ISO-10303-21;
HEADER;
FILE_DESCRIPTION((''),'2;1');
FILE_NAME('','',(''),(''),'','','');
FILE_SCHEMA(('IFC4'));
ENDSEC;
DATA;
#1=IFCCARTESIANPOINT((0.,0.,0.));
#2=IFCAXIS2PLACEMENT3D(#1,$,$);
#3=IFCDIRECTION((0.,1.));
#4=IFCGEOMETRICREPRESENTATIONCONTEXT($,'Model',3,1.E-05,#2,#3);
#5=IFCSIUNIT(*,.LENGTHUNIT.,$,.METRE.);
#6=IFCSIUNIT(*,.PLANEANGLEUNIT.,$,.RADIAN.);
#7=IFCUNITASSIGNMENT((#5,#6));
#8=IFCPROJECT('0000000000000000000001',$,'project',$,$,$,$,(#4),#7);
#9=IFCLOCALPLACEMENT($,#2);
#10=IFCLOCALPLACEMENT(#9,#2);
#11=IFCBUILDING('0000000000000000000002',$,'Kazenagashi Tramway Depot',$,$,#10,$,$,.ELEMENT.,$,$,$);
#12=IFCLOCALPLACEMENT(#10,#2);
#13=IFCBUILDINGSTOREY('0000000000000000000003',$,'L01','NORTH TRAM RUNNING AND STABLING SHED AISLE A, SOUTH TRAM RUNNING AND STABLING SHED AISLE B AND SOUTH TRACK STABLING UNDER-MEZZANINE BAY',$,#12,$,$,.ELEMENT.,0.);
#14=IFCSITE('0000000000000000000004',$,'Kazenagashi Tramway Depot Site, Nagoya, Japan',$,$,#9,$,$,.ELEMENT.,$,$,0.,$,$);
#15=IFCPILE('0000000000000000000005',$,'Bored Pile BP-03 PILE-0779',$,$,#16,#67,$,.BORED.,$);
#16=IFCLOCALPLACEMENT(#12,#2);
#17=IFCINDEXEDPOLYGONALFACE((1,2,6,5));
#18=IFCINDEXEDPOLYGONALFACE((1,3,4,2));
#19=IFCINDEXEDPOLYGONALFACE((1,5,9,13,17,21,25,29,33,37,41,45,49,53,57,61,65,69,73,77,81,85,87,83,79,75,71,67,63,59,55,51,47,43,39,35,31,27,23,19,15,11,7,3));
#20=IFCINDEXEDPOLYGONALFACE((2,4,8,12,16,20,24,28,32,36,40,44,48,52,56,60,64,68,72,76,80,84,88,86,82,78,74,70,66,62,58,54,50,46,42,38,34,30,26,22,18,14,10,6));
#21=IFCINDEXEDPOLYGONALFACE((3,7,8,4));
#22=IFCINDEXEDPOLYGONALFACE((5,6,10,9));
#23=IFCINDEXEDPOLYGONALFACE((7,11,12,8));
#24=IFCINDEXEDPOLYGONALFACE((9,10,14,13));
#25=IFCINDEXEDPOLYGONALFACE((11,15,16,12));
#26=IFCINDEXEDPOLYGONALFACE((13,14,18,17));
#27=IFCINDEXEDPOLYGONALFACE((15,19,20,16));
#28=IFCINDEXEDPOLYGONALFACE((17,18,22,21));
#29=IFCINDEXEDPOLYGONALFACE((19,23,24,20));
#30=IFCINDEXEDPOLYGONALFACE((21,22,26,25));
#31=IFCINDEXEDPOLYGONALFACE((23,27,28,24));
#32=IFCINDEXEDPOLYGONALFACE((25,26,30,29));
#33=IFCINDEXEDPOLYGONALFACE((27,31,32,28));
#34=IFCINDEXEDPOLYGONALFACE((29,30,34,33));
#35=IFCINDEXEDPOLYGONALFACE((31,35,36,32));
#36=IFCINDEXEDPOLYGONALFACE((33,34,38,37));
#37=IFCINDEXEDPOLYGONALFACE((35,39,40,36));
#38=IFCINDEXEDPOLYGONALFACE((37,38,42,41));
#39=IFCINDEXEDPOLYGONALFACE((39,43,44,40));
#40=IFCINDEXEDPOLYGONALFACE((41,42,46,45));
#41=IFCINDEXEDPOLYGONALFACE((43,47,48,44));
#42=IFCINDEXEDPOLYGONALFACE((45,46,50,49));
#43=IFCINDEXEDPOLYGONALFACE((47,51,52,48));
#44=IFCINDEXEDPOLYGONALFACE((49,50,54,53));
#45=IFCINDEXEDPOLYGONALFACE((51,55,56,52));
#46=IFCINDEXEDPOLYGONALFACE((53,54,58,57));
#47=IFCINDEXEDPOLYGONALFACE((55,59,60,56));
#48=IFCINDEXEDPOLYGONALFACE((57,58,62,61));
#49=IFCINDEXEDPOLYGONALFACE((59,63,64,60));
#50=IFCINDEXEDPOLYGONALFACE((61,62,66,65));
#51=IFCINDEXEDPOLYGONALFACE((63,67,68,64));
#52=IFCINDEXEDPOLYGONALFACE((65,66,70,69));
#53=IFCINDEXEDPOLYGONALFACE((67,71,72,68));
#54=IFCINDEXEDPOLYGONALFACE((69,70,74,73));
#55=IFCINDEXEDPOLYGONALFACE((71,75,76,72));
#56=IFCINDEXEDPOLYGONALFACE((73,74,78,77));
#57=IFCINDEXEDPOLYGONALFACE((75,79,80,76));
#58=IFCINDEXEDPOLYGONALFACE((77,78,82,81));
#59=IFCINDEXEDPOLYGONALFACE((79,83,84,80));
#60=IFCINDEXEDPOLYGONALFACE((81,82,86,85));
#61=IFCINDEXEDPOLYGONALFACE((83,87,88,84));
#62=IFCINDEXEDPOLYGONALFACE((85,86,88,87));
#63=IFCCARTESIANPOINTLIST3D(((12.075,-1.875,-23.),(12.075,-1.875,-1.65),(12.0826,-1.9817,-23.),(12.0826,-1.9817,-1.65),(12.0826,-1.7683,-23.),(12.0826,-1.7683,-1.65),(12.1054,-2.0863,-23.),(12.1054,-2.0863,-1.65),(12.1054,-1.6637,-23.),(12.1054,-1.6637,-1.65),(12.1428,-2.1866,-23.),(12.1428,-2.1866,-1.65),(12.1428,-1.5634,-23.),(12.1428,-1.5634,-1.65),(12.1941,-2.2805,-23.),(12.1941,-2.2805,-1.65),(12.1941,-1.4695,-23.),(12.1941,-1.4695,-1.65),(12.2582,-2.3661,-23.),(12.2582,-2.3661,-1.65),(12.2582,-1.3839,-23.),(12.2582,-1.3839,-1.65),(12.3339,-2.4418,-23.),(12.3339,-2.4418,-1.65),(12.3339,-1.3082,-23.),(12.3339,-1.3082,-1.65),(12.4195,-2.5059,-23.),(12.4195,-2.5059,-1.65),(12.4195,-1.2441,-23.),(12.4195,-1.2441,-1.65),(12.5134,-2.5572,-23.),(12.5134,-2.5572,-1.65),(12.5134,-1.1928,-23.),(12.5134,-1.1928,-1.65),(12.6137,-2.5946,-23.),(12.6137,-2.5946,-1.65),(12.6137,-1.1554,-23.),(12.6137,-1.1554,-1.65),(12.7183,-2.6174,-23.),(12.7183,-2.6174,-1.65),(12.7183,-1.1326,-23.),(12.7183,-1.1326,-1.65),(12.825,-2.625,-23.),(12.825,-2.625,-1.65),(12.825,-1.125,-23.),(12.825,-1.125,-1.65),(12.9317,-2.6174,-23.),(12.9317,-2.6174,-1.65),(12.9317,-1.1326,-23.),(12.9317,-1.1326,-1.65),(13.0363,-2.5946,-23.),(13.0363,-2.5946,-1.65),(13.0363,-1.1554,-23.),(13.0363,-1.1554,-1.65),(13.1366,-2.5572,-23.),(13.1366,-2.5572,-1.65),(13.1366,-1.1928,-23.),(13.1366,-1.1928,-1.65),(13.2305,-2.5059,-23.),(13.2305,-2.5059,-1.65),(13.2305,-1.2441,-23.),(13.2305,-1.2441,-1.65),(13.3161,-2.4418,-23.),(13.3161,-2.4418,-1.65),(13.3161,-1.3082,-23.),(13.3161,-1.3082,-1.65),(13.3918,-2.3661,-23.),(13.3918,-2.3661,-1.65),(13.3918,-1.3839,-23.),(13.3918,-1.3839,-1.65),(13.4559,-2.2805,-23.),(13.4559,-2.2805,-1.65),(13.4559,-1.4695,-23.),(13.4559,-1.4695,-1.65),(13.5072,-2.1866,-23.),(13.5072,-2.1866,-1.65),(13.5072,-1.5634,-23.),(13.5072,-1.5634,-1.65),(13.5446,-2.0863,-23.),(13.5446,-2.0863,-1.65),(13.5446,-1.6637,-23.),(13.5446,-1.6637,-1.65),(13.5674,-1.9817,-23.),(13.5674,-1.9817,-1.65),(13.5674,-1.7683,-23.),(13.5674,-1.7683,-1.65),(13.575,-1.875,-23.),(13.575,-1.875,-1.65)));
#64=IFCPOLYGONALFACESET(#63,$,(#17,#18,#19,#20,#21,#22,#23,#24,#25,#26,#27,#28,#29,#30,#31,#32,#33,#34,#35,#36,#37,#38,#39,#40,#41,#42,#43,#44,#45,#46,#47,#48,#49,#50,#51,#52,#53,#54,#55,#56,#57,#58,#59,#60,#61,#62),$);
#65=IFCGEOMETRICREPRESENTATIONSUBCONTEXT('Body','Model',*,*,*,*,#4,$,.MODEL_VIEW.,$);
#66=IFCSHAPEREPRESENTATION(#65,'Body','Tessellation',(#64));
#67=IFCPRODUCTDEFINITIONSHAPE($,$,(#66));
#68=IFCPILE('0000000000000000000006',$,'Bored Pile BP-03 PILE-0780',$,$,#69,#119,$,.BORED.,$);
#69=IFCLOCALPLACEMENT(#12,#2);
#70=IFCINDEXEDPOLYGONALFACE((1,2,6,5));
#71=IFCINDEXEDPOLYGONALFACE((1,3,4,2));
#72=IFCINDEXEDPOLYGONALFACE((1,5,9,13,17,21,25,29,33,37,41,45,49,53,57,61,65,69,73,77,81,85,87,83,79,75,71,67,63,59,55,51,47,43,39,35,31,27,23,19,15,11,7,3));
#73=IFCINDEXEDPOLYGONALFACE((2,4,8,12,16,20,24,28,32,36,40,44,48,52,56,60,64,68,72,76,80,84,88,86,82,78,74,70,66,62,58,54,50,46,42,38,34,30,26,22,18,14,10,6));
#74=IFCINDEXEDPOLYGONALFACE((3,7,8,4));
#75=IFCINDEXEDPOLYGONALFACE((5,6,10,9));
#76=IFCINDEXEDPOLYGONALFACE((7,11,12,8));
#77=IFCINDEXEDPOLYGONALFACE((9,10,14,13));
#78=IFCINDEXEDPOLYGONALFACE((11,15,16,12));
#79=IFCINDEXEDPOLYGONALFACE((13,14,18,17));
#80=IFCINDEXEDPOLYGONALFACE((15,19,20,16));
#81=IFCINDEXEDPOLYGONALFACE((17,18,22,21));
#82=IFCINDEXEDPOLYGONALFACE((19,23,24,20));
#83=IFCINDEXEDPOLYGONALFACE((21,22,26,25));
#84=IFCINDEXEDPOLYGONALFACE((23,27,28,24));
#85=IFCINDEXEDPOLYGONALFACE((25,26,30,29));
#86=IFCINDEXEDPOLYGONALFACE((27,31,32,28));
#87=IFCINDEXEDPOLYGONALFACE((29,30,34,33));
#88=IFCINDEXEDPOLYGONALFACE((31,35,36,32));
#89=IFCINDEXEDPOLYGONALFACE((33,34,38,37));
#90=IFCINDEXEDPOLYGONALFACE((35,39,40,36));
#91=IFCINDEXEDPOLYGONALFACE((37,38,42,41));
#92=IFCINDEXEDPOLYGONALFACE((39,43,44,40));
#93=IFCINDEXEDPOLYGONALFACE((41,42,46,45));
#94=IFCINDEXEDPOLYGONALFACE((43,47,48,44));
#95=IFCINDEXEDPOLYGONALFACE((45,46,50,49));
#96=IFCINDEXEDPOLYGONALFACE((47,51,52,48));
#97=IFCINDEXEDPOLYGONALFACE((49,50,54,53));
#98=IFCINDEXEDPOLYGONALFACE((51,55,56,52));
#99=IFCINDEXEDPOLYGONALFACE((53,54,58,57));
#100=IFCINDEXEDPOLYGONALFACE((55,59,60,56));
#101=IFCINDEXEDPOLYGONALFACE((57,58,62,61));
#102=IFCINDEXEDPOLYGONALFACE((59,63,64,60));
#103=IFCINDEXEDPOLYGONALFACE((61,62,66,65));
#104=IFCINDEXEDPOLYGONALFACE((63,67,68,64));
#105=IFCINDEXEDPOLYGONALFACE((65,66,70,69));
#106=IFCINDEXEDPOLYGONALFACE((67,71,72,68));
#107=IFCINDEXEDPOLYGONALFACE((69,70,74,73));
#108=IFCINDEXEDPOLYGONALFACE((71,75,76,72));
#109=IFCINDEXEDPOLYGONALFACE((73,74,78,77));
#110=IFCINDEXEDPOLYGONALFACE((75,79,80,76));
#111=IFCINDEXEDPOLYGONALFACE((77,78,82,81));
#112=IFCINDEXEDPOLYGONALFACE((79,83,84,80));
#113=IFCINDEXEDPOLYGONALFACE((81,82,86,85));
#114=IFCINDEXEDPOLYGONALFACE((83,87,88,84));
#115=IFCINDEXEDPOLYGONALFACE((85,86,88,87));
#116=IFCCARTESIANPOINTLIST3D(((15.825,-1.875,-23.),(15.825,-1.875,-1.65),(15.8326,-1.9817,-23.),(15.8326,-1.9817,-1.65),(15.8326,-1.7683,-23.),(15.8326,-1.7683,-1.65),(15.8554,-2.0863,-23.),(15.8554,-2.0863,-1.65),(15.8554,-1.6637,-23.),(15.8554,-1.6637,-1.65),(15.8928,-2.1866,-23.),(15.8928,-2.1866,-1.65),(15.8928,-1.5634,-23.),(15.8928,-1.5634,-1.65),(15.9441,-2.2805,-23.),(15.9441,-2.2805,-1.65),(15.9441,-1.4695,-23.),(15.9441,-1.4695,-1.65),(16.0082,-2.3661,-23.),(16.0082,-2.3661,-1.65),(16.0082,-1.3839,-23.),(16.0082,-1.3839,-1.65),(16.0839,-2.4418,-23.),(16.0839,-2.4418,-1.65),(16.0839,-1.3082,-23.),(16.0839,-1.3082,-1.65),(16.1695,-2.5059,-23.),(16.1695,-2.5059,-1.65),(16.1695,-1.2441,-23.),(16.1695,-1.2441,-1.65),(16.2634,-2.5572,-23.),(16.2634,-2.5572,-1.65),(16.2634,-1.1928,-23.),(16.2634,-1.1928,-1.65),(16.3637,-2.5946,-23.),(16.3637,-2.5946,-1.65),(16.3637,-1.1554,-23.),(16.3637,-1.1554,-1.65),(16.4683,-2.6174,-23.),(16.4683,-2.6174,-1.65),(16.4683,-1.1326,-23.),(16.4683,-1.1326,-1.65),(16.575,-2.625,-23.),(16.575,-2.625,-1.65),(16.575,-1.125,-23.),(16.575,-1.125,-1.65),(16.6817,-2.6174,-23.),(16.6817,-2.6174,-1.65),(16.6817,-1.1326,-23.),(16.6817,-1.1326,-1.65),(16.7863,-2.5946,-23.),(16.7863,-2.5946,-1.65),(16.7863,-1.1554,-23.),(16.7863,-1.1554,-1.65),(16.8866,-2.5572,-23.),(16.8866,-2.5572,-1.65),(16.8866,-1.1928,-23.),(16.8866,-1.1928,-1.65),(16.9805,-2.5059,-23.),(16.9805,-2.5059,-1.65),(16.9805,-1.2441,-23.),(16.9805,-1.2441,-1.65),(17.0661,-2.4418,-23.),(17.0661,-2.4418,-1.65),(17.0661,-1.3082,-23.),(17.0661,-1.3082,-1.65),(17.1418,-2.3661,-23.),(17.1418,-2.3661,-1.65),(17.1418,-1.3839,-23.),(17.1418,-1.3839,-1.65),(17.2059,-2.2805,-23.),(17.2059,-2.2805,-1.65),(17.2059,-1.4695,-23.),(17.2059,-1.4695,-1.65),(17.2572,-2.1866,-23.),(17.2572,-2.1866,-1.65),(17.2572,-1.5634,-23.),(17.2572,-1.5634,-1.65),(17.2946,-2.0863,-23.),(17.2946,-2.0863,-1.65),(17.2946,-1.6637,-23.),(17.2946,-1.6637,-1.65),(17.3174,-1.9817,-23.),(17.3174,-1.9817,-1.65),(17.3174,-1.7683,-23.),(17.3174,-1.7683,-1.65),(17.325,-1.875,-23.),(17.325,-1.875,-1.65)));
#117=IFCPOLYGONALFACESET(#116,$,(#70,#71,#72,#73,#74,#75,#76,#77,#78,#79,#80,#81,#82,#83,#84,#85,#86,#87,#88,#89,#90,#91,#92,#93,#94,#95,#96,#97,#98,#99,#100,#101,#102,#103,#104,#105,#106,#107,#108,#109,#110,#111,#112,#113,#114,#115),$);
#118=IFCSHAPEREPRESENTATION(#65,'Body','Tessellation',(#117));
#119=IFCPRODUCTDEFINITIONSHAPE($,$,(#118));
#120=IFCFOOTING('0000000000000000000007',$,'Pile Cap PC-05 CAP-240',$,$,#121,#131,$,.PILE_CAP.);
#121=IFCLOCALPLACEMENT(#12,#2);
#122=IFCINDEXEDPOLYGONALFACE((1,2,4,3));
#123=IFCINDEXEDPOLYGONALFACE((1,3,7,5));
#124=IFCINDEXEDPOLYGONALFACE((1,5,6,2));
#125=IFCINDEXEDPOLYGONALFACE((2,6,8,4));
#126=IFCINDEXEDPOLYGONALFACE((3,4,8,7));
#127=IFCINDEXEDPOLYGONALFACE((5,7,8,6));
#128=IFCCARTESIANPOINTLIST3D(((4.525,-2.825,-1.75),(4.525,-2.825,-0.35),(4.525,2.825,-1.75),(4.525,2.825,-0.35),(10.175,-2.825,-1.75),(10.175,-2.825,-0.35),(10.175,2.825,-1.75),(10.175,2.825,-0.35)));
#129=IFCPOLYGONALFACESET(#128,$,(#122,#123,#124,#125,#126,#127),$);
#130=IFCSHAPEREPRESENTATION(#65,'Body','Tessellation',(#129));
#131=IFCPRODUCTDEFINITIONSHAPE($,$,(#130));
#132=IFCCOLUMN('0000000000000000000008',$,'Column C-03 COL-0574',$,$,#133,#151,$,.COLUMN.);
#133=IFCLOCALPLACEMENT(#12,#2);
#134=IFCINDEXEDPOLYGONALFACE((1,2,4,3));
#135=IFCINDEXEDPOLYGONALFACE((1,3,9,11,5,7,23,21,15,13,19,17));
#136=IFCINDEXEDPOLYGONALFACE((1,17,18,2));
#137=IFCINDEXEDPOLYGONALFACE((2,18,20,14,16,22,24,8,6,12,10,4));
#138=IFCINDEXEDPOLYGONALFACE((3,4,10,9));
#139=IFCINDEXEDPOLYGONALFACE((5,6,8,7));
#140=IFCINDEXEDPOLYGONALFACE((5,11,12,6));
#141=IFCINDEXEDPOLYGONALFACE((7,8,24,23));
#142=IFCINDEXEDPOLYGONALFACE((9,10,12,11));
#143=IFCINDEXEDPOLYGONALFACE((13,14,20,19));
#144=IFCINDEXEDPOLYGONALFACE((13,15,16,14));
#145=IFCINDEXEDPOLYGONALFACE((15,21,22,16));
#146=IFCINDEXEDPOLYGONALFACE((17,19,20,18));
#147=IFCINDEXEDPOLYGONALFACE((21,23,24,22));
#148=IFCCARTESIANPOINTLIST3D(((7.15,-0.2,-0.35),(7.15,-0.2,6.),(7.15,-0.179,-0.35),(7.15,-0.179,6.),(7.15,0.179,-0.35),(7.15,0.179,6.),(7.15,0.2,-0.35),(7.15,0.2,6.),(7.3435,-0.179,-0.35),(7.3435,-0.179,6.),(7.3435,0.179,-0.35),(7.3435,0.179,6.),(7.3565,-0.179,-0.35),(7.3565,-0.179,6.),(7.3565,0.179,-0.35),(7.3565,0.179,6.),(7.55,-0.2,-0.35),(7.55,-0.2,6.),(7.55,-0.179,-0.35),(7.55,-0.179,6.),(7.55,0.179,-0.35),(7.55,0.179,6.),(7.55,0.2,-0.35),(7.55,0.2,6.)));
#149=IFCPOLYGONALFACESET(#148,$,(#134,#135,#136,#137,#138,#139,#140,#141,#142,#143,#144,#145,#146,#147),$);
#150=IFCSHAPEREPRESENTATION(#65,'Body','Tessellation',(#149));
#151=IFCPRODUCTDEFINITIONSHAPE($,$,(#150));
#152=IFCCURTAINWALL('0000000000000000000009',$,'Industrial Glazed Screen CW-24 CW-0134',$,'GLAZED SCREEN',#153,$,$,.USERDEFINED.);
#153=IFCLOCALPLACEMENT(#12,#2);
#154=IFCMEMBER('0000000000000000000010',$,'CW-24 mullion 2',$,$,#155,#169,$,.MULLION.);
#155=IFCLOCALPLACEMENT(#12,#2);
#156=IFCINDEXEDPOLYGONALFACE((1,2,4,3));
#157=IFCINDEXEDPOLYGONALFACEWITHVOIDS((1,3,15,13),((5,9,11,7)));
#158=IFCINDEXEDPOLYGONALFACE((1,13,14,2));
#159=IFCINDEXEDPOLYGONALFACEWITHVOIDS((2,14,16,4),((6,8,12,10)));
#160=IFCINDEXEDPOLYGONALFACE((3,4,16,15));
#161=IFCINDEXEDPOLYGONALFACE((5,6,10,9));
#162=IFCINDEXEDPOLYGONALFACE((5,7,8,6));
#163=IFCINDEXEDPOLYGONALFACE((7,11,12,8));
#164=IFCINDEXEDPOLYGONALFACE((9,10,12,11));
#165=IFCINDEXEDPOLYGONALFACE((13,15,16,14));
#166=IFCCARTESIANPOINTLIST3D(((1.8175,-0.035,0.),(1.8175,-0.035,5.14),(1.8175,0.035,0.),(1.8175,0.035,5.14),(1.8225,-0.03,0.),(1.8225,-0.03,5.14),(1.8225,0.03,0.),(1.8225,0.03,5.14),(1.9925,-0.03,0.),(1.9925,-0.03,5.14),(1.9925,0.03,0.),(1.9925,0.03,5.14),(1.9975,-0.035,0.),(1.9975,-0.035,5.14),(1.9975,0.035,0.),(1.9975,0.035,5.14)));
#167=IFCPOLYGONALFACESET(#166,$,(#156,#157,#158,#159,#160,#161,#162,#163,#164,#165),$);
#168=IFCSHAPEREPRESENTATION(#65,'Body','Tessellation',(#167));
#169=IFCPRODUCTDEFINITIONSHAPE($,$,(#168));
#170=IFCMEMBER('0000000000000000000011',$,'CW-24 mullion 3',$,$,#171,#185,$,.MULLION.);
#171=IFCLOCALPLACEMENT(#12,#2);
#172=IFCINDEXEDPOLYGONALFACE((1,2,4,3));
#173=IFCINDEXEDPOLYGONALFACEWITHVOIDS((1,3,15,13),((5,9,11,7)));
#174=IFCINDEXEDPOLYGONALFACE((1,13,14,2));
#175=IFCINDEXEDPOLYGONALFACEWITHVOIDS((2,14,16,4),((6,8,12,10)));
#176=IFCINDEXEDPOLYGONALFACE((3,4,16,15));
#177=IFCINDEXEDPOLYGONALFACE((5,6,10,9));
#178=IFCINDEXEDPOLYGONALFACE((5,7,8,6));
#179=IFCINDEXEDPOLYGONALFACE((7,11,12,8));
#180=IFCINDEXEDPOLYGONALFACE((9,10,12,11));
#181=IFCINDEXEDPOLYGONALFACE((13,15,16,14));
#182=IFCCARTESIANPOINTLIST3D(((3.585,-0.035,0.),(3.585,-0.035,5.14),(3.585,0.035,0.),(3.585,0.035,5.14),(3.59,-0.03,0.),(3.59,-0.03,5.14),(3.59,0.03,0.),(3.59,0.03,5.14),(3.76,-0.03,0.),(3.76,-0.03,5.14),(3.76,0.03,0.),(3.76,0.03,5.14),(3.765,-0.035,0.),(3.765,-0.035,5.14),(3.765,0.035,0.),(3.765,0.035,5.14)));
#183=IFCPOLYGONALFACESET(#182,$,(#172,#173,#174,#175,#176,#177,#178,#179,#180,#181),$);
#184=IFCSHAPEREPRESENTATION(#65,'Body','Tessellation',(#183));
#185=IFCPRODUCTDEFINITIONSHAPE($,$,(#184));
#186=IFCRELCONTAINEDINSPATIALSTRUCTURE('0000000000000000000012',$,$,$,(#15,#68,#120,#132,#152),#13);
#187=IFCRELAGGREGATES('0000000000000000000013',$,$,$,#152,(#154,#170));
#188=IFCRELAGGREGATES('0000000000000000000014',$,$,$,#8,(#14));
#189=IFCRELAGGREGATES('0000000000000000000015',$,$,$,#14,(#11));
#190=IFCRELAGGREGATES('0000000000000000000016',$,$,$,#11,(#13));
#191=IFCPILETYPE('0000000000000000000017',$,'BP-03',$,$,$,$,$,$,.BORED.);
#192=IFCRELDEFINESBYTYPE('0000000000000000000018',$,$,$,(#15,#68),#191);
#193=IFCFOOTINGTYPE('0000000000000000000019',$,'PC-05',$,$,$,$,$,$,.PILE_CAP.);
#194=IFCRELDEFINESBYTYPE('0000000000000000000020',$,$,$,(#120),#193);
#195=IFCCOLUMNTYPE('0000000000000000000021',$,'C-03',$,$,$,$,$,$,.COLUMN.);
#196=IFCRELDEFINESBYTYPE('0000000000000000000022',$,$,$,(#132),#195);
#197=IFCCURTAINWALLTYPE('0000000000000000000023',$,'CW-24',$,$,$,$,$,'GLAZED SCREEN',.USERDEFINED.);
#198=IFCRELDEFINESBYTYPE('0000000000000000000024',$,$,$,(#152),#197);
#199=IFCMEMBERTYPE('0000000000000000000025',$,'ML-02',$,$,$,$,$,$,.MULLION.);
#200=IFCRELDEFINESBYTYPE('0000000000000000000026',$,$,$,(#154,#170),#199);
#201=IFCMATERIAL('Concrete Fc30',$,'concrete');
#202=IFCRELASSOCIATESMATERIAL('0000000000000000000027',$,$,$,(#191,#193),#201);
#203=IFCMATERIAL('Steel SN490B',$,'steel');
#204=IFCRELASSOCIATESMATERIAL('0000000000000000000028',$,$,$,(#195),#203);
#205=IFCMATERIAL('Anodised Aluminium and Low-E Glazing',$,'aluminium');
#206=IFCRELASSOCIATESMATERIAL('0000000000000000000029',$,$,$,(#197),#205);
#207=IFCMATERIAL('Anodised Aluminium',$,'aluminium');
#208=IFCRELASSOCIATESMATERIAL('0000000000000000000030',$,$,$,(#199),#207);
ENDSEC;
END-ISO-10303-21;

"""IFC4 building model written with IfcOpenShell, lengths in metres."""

from ifc_helpers import new_model, si_unit, direction, frame, origin, origin_2d, place, context, subcontext, project, spatial, rectangle, hollow_rectangle, circle, i_section, extrude, material, material_profile, profile_set, type_object, element, aggregate, save


model = new_model("IFC4")

# Units and contexts
model_context = context("Model", 3, precision=1e-05, world=origin(), true_north=direction((0.0, 1.0)))
body_context = subcontext(model_context, "Body", "Model", "MODEL_VIEW")
ifc_project = project(units=[si_unit("LENGTHUNIT", "METRE"), si_unit("PLANEANGLEUNIT", "RADIAN")], contexts=[model_context])

# Site, building, storey
site_placement = place(None, origin())
site = spatial("IfcSite", under=ifc_project, at=site_placement, Name="Kazenagashi Tramway Depot Site, Nagoya, Japan", CompositionType="ELEMENT", RefElevation=0.0)
building_placement = place(site_placement, origin())
building = spatial("IfcBuilding", under=site, at=building_placement, Name="Kazenagashi Tramway Depot", CompositionType="ELEMENT")
storey_placement = place(building_placement, origin())
storey = spatial("IfcBuildingStorey", under=building, at=storey_placement, Name="L01", Description="NORTH TRAM RUNNING AND STABLING SHED AISLE A, SOUTH TRAM RUNNING AND STABLING SHED AISLE B AND SOUTH TRACK STABLING UNDER-MEZZANINE BAY", CompositionType="ELEMENT", Elevation=0.0)

# Piles
ifc_material_1 = material(Name="Concrete Fc30", Category="concrete")
ifc_material_profile_1 = material_profile(ifc_material_1, circle(Radius=0.75, at=origin_2d()), Name="PILE-1500")
ifc_profile_set_1 = profile_set([ifc_material_profile_1], Name="Concrete Fc30")
pile_type = type_object("IfcPileType", Name="BP-03", PredefinedType="BORED", material=ifc_profile_set_1)
for number, where, z_axis, x_axis, name in (
    (1, (12.825, -1.875, -1.65), (0.0, 0.0, -1.0), (1.0, 0.0, 0.0), "Bored Pile BP-03 PILE-0779"),
    (2, (16.575, -1.875, -1.65), (0.0, 0.0, -1.0), (1.0, 0.0, 0.0), "Bored Pile BP-03 PILE-0780"),
):
    element("IfcPile", number, at=place(storey_placement, frame(where, z_axis=z_axis, x_axis=x_axis)), inside=storey, type_object=pile_type, Name=name, PredefinedType="BORED", context=body_context, shape_type="SweptSolid", body=[
        extrude(circle(Radius=0.75, at=origin_2d()), origin(), (0.0, 0.0, 1.0), 21.35),
    ])

# Footing
footing_type = type_object("IfcFootingType", Name="PC-05", PredefinedType="PILE_CAP", material=ifc_material_1)
footing_placement = place(storey_placement, frame((7.35, 0.0, -1.75), z_axis=(0.0, 0.0, 1.0), x_axis=(1.0, 0.0, 0.0)))
element("IfcFooting", 3, at=footing_placement, inside=storey, type_object=footing_type, Name="Pile Cap PC-05 CAP-240", PredefinedType="PILE_CAP", context=body_context, shape_type="SweptSolid", body=[
    extrude(rectangle(XDim=5.65, YDim=5.65, at=origin_2d()), origin(), (0.0, 0.0, 1.0), 1.4),
])

# Column
ifc_material_2 = material(Name="Steel SN490B", Category="steel")
ifc_material_profile_2 = material_profile(ifc_material_2, i_section(OverallWidth=0.4, OverallDepth=0.4, WebThickness=0.013, FlangeThickness=0.021, at=origin_2d()), Name="H-400x400x13x21")
ifc_profile_set_2 = profile_set([ifc_material_profile_2], Name="Steel SN490B")
column_type = type_object("IfcColumnType", Name="C-03", PredefinedType="COLUMN", material=ifc_profile_set_2)
column_placement = place(storey_placement, frame((7.35, 0.0, -0.35), z_axis=(0.0, 0.0, 1.0), x_axis=(1.0, 0.0, 0.0)))
element("IfcColumn", 4, at=column_placement, inside=storey, type_object=column_type, Name="Column C-03 COL-0574", PredefinedType="COLUMN", context=body_context, shape_type="SweptSolid", body=[
    extrude(i_section(OverallWidth=0.4, OverallDepth=0.4, WebThickness=0.013, FlangeThickness=0.021, at=origin_2d()), origin(), (0.0, 0.0, 1.0), 6.35),
])

# Curtain wall, members
ifc_material_3 = material(Name="Anodised Aluminium and Low-E Glazing", Category="aluminium")
curtain_wall_type = type_object("IfcCurtainWallType", Name="CW-24", ElementType="GLAZED SCREEN", PredefinedType="USERDEFINED", material=ifc_material_3)
curtain_wall_placement = place(storey_placement, origin())
curtain_wall = element("IfcCurtainWall", 5, at=curtain_wall_placement, inside=storey, type_object=curtain_wall_type, Name="Industrial Glazed Screen CW-24 CW-0134", ObjectType="GLAZED SCREEN", PredefinedType="USERDEFINED")
ifc_material_4 = material(Name="Anodised Aluminium", Category="aluminium")
ifc_material_profile_3 = material_profile(ifc_material_4, hollow_rectangle(XDim=0.07, YDim=0.18, WallThickness=0.005, at=origin_2d()), Name="RHS-180x70x5")
ifc_profile_set_3 = profile_set([ifc_material_profile_3], Name="Anodised Aluminium")
member_type_1 = type_object("IfcMemberType", Name="ML-02", PredefinedType="MULLION", material=ifc_profile_set_3)
member_1_placement = place(storey_placement, frame((1.9075, 0.0, 0.0), z_axis=(0.0, 0.0, 1.0), x_axis=(0.0, 1.0, 0.0)))
member_1 = element("IfcMember", 6, at=member_1_placement, type_object=member_type_1, Name="CW-24 mullion 2", PredefinedType="MULLION", context=body_context, shape_type="SweptSolid", body=[
    extrude(hollow_rectangle(XDim=0.07, YDim=0.18, WallThickness=0.005, at=origin_2d()), origin(), (0.0, 0.0, 1.0), 5.14),
])
member_2_placement = place(storey_placement, frame((3.675, 0.0, 0.0), z_axis=(0.0, 0.0, 1.0), x_axis=(0.0, 1.0, 0.0)))
member_2 = element("IfcMember", 7, at=member_2_placement, type_object=member_type_1, Name="CW-24 mullion 3", PredefinedType="MULLION", context=body_context, shape_type="SweptSolid", body=[
    extrude(hollow_rectangle(XDim=0.07, YDim=0.18, WallThickness=0.005, at=origin_2d()), origin(), (0.0, 0.0, 1.0), 5.14),
])
aggregate(curtain_wall, [member_1, member_2])

save(model, "model.ifc")
